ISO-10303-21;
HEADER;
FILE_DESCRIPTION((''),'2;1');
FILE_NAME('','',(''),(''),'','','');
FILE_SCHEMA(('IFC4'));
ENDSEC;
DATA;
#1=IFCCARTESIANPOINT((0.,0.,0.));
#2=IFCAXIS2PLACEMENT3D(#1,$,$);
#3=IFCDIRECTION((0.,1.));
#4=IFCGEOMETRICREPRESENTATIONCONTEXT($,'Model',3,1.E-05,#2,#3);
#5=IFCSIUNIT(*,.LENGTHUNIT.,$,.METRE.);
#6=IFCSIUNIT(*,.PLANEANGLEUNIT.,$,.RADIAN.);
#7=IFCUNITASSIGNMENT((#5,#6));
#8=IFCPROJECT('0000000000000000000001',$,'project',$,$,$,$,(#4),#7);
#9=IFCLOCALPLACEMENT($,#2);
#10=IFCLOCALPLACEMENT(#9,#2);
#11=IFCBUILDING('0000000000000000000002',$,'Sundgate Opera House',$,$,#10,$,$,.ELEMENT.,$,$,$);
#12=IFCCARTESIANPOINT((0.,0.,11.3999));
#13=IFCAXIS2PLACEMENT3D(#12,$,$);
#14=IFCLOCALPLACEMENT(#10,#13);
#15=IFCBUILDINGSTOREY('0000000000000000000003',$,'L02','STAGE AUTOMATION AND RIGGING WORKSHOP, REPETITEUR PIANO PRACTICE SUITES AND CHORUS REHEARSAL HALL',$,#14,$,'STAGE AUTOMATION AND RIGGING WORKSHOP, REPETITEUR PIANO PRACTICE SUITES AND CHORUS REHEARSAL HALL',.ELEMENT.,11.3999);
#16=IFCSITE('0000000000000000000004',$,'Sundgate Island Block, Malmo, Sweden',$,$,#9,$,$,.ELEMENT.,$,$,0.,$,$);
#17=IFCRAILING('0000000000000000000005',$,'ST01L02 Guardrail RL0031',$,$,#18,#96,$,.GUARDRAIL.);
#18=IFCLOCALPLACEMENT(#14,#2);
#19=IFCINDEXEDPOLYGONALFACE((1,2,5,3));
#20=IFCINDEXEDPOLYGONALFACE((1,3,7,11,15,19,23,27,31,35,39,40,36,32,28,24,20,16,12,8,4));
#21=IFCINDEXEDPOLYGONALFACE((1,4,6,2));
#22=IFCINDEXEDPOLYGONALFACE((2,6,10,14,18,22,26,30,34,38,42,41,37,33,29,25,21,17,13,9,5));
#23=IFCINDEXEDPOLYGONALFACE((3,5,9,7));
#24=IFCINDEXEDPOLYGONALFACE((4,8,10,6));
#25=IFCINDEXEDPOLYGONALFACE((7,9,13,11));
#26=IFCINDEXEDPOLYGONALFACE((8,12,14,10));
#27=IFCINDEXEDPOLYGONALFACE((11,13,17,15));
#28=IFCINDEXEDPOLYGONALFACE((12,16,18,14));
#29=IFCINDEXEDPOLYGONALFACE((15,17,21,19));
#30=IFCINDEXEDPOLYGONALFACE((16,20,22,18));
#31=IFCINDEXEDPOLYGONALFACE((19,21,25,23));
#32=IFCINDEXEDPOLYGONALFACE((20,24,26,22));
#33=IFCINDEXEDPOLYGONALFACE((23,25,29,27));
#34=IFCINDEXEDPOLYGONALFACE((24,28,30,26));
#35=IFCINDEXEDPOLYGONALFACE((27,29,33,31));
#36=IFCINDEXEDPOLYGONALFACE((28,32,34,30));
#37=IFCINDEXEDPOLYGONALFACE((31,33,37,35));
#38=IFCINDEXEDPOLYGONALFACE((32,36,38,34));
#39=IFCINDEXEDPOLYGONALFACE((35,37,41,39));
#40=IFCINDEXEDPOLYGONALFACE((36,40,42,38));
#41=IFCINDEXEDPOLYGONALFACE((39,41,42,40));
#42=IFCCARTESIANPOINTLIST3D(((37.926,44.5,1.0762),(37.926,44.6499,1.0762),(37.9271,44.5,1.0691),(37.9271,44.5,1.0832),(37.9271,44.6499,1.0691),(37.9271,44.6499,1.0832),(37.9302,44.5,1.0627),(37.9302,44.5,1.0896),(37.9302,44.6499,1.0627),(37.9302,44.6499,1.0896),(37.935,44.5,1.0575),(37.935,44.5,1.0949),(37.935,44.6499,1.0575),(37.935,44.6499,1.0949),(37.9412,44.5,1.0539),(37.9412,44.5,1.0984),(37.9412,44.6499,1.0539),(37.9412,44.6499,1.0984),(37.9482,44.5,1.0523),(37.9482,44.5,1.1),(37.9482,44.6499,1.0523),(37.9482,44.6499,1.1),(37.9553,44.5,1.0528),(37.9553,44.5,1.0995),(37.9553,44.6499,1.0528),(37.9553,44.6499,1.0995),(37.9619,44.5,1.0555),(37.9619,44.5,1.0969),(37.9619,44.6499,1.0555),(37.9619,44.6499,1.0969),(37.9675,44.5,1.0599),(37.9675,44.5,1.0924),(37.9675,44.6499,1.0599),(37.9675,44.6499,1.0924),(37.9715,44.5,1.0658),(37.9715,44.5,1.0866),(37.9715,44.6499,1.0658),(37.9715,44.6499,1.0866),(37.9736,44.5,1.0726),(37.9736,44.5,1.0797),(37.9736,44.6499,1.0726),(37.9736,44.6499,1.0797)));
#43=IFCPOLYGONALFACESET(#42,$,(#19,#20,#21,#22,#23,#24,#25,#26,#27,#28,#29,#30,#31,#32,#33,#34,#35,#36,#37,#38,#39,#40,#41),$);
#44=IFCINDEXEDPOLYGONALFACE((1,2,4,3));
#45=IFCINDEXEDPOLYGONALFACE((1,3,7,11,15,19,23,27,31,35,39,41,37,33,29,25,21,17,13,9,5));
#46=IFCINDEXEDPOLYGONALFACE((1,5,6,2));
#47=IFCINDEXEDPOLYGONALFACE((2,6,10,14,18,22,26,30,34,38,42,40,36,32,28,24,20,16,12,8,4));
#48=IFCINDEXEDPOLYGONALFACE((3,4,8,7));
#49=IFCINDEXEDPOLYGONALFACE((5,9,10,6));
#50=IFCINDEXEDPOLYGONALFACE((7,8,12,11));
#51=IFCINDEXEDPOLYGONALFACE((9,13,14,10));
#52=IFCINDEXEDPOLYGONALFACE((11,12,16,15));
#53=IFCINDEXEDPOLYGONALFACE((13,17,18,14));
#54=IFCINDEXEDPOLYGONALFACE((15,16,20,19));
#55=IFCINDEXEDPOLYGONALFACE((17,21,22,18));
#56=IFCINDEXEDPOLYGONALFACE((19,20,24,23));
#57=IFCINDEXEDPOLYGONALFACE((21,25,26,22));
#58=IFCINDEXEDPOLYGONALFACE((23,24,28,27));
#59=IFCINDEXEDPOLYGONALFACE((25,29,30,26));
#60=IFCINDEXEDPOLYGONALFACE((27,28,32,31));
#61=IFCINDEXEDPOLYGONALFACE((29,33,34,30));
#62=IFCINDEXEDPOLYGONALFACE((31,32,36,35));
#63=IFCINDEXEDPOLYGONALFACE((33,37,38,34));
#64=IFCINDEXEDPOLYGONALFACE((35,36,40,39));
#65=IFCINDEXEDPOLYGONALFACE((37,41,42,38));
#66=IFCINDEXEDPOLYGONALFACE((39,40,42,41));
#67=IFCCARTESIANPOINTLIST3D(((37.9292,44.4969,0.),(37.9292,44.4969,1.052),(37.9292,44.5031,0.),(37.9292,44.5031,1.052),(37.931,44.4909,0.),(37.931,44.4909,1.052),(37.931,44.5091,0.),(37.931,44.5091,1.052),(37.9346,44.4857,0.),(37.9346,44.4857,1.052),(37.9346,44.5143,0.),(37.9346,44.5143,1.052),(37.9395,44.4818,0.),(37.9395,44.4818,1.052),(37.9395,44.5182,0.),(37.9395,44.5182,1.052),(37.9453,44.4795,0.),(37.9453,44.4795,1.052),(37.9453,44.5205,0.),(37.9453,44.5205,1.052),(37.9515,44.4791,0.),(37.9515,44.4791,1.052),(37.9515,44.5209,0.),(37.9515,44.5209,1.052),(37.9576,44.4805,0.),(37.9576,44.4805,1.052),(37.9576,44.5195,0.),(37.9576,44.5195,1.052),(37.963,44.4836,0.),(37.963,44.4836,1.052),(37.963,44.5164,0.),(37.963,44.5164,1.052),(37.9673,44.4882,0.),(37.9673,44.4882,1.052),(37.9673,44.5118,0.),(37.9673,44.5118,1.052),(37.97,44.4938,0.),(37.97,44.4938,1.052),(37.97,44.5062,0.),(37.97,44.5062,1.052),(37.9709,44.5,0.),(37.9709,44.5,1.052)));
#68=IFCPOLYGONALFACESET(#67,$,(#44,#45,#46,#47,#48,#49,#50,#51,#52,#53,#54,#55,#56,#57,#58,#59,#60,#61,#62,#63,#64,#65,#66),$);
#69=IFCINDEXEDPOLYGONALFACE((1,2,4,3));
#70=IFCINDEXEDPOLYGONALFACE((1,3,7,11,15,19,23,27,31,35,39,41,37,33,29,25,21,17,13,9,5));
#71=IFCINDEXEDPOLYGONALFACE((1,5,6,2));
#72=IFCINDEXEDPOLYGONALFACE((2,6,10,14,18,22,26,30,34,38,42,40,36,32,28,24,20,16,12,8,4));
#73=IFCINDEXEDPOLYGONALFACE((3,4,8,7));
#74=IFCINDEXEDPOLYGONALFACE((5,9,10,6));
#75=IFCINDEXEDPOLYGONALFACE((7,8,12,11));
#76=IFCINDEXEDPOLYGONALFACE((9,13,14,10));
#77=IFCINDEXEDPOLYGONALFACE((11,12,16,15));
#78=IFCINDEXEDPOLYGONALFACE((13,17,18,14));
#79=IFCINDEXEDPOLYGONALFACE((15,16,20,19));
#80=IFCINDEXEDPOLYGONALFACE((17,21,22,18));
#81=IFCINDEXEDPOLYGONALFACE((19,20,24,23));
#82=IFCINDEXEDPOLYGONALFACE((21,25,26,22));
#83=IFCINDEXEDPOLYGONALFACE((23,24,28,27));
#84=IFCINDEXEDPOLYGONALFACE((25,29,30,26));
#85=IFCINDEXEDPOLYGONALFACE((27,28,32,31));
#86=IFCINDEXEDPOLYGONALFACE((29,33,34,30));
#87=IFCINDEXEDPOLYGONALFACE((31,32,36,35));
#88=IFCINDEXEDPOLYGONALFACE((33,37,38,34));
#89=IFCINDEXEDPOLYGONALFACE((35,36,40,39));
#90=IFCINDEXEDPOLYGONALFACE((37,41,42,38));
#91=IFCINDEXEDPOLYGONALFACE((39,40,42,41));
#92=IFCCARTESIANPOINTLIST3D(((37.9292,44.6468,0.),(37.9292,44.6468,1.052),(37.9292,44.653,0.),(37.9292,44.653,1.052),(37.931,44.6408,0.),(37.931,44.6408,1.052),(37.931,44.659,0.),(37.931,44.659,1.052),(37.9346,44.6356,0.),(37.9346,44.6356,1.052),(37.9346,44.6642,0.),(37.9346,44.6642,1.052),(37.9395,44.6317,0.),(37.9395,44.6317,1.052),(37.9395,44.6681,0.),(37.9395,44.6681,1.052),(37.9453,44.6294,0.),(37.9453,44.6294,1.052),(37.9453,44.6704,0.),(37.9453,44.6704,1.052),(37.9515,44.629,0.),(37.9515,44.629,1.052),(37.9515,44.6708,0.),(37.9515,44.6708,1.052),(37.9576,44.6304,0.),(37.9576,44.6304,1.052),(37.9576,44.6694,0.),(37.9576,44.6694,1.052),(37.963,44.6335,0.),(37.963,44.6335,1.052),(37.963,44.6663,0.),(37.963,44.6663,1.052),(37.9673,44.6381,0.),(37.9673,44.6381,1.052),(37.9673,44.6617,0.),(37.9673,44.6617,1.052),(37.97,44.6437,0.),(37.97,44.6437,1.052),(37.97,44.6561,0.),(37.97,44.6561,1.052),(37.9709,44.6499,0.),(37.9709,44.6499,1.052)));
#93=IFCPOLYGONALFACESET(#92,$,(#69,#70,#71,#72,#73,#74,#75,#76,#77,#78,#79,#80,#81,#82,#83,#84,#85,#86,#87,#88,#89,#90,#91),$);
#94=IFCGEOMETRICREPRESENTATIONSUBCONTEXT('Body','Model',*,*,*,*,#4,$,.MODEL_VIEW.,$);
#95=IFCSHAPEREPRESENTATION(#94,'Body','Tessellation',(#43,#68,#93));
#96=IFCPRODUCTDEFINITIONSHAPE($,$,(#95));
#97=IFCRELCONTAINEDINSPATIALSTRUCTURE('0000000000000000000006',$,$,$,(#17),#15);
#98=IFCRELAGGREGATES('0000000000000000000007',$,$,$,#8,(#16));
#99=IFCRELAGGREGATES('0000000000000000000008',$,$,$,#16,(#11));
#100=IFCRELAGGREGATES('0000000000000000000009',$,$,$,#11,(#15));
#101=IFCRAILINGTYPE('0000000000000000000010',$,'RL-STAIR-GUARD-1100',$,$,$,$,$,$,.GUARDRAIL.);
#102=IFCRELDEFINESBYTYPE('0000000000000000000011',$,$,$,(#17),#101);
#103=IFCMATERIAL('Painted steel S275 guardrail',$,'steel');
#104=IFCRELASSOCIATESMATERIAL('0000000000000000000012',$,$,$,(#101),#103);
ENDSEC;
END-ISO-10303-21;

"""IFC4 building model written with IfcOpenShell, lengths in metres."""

from ifc_helpers import new_model, si_unit, direction, frame, origin, origin_2d, place, context, subcontext, project, spatial, circle, extrude, material, type_object, element, save


model = new_model("IFC4")

# Units and contexts
model_context = context("Model", 3, precision=1e-05, world=origin(), true_north=direction((0.0, 1.0)))
body_context = subcontext(model_context, "Body", "Model", "MODEL_VIEW")
ifc_project = project(units=[si_unit("LENGTHUNIT", "METRE"), si_unit("PLANEANGLEUNIT", "RADIAN")], contexts=[model_context])

# Site, building, storey
site_placement = place(None, origin())
site = spatial("IfcSite", under=ifc_project, at=site_placement, Name="Sundgate Island Block, Malmo, Sweden", CompositionType="ELEMENT", RefElevation=0.0)
building_placement = place(site_placement, origin())
building = spatial("IfcBuilding", under=site, at=building_placement, Name="Sundgate Opera House", CompositionType="ELEMENT")
storey_placement = place(building_placement, frame((0.0, 0.0, 11.3999)))
storey = spatial("IfcBuildingStorey", under=building, at=storey_placement, Name="L02", Description="STAGE AUTOMATION AND RIGGING WORKSHOP, REPETITEUR PIANO PRACTICE SUITES AND CHORUS REHEARSAL HALL", LongName="STAGE AUTOMATION AND RIGGING WORKSHOP, REPETITEUR PIANO PRACTICE SUITES AND CHORUS REHEARSAL HALL", CompositionType="ELEMENT", Elevation=11.3999)

# Railing
ifc_material_1 = material(Name="Painted steel S275 guardrail", Category="steel")
railing_type_1 = type_object("IfcRailingType", Name="RL-STAIR-GUARD-1100", PredefinedType="GUARDRAIL", material=ifc_material_1)
railing_1_placement = place(storey_placement, frame((37.95, 44.5, 0.0)))
element("IfcRailing", 1, at=railing_1_placement, inside=storey, type_object=railing_type_1, Name="ST01L02 Guardrail RL0031", PredefinedType="GUARDRAIL", context=body_context, shape_type="SweptSolid", body=[
    extrude(circle(Radius=0.0239, at=origin_2d()), frame((0.0, 0.0, 1.0762), z_axis=(0.0, 1.0, 0.0), x_axis=(-1.0, 0.0, 0.0)), (0.0, 0.0, 1.0), 0.1499),
    extrude(circle(Radius=0.021, at=origin_2d()), origin(), (0.0, 0.0, 1.0), 1.052),
    extrude(circle(Radius=0.021, at=origin_2d()), frame((0.0, 0.1499, 0.0)), (0.0, 0.0, 1.0), 1.052),
])

save(model, "model.ifc")
